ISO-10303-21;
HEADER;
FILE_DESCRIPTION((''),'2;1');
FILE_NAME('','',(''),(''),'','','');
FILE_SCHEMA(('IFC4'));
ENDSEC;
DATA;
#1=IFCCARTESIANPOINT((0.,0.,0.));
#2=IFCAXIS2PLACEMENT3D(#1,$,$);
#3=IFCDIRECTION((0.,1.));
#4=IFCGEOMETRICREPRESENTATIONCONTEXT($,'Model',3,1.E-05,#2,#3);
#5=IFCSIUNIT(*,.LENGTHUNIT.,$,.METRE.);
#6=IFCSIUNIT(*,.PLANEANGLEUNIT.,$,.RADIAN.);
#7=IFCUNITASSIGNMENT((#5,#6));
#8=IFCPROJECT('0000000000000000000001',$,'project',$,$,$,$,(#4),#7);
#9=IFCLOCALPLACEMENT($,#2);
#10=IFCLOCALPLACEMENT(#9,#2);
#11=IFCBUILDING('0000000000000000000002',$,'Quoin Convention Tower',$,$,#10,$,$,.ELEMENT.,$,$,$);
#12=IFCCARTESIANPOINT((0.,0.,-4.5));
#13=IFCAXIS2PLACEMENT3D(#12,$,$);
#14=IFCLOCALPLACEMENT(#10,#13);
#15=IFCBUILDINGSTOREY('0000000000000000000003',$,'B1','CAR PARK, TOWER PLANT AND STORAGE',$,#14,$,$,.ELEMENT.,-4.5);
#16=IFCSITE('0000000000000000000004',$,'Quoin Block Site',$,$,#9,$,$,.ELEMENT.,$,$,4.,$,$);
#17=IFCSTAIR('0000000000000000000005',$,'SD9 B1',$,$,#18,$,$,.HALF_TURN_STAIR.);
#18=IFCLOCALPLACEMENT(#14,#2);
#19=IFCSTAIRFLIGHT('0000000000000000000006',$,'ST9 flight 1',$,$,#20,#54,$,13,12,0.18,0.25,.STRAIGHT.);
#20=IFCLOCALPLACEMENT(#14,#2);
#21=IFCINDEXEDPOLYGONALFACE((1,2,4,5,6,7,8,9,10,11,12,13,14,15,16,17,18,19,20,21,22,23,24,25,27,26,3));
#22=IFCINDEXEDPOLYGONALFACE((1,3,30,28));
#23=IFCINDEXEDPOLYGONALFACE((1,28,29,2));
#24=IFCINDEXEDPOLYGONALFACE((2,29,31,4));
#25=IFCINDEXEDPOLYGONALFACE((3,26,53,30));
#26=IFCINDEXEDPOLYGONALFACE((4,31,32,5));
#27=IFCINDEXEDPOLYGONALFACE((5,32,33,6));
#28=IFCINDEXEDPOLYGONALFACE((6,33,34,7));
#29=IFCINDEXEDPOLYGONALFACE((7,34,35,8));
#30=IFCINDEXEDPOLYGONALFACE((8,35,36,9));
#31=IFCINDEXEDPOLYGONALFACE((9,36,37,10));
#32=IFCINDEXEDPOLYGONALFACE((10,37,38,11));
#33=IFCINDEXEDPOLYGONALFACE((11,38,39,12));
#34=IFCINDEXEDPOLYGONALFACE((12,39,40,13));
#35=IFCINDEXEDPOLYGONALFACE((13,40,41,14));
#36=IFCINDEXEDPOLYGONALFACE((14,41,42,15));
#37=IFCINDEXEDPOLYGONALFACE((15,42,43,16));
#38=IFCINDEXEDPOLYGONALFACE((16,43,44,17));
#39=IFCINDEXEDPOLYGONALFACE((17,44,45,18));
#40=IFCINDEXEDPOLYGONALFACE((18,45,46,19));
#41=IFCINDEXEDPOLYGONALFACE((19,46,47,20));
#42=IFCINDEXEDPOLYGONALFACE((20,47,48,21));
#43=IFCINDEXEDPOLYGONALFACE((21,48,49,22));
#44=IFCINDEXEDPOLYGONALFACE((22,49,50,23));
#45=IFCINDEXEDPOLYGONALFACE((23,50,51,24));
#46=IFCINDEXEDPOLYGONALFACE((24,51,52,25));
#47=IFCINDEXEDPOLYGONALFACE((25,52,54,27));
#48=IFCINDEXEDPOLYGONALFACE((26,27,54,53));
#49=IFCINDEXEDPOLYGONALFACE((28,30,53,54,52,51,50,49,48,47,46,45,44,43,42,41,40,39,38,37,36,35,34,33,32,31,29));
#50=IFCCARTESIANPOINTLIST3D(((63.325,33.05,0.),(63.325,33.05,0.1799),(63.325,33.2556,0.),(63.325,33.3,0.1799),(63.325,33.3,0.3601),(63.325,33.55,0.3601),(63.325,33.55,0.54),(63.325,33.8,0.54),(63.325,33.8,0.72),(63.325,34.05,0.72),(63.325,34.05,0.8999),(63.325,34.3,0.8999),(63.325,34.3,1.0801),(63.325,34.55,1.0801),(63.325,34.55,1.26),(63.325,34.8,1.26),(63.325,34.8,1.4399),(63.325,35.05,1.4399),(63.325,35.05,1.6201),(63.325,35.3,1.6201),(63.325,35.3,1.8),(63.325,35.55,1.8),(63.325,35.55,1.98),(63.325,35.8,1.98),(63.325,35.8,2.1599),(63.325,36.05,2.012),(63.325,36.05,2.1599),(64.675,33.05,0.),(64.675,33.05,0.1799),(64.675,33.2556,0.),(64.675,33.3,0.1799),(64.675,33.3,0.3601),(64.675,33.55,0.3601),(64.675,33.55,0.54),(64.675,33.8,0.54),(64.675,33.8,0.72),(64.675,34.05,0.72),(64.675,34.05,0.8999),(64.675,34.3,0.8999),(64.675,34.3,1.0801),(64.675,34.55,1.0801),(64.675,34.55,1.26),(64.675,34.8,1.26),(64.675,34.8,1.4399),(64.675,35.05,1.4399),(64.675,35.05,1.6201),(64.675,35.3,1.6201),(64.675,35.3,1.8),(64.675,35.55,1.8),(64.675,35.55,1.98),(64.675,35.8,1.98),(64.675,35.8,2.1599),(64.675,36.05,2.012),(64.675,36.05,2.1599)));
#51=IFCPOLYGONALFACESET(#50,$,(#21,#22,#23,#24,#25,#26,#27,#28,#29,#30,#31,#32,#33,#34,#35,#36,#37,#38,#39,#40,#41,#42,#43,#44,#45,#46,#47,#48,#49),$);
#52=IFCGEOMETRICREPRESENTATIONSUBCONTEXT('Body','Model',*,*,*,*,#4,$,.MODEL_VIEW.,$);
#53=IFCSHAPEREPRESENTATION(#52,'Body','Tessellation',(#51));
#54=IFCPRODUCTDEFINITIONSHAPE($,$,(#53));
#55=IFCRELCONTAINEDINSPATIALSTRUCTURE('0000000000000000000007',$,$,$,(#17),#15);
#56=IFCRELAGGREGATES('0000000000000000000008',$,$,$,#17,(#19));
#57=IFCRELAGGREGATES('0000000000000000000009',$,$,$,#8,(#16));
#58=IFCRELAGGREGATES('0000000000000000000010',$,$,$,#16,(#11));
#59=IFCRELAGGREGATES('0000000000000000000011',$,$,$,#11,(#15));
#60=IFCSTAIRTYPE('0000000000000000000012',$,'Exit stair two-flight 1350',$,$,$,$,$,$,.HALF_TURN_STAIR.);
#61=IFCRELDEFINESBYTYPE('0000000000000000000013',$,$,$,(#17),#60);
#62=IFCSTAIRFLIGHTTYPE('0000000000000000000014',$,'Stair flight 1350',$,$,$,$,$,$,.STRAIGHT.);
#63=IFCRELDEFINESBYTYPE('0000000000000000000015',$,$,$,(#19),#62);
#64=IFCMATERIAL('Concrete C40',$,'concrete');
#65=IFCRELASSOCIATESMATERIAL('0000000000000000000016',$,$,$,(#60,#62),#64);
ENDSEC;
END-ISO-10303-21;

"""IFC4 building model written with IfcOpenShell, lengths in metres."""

from ifc_helpers import new_model, si_unit, direction, frame, origin, place, context, subcontext, project, spatial, polyline, outline, extrude, material, type_object, element, aggregate, save


model = new_model("IFC4")

# Units and contexts
model_context = context("Model", 3, precision=1e-05, world=origin(), true_north=direction((0.0, 1.0)))
body_context = subcontext(model_context, "Body", "Model", "MODEL_VIEW")
ifc_project = project(units=[si_unit("LENGTHUNIT", "METRE"), si_unit("PLANEANGLEUNIT", "RADIAN")], contexts=[model_context])

# Site, building, storey
site_placement = place(None, origin())
site = spatial("IfcSite", under=ifc_project, at=site_placement, Name="Quoin Block Site", CompositionType="ELEMENT", RefElevation=4.0)
building_placement = place(site_placement, origin())
building = spatial("IfcBuilding", under=site, at=building_placement, Name="Quoin Convention Tower", CompositionType="ELEMENT")
storey_placement = place(building_placement, frame((0.0, 0.0, -4.5)))
storey = spatial("IfcBuildingStorey", under=building, at=storey_placement, Name="B1", Description="CAR PARK, TOWER PLANT AND STORAGE", CompositionType="ELEMENT", Elevation=-4.5)

# Stair, stair flight
ifc_material_1 = material(Name="Concrete C40", Category="concrete")
stair_type = type_object("IfcStairType", Name="Exit stair two-flight 1350", PredefinedType="HALF_TURN_STAIR", material=ifc_material_1)
stair_placement = place(storey_placement, origin())
stair = element("IfcStair", 1, at=stair_placement, inside=storey, type_object=stair_type, Name="SD9 B1", PredefinedType="HALF_TURN_STAIR")
stair_flight_type = type_object("IfcStairFlightType", Name="Stair flight 1350", PredefinedType="STRAIGHT", material=ifc_material_1)
stair_flight_placement = place(storey_placement, frame((64.0, 33.05, 0.0), z_axis=(0.0, 0.0, 1.0), x_axis=(0.0, 1.0, 0.0)))
stair_flight = element("IfcStairFlight", 2, at=stair_flight_placement, type_object=stair_flight_type, Name="ST9 flight 1", NumberOfRisers=13, NumberOfTreads=12, PredefinedType="STRAIGHT", RiserHeight=0.18, TreadLength=0.25, context=body_context, shape_type="SweptSolid", body=[
    extrude(outline(polyline([(0.0, 0.0), (0.0, 0.1799), (0.25, 0.1799), (0.25, 0.3601), (0.5, 0.3601), (0.5, 0.54), (0.75, 0.54), (0.75, 0.72), (1.0, 0.72), (1.0, 0.8999), (1.25, 0.8999), (1.25, 1.0801), (1.5, 1.0801), (1.5, 1.26), (1.75, 1.26), (1.75, 1.4399), (2.0, 1.4399), (2.0, 1.6201), (2.25, 1.6201), (2.25, 1.8), (2.5, 1.8), (2.5, 1.98), (2.75, 1.98), (2.75, 2.1599), (3.0, 2.1599), (3.0, 2.3401), (3.0, 2.012), (0.2056, 0.0), (0.0, 0.0)])), frame((0.0, 0.675, 0.0), z_axis=(0.0, -1.0, 0.0), x_axis=(1.0, 0.0, 0.0)), (0.0, 0.0, 1.0), 1.3501),
])
aggregate(stair, [stair_flight])

save(model, "model.ifc")
